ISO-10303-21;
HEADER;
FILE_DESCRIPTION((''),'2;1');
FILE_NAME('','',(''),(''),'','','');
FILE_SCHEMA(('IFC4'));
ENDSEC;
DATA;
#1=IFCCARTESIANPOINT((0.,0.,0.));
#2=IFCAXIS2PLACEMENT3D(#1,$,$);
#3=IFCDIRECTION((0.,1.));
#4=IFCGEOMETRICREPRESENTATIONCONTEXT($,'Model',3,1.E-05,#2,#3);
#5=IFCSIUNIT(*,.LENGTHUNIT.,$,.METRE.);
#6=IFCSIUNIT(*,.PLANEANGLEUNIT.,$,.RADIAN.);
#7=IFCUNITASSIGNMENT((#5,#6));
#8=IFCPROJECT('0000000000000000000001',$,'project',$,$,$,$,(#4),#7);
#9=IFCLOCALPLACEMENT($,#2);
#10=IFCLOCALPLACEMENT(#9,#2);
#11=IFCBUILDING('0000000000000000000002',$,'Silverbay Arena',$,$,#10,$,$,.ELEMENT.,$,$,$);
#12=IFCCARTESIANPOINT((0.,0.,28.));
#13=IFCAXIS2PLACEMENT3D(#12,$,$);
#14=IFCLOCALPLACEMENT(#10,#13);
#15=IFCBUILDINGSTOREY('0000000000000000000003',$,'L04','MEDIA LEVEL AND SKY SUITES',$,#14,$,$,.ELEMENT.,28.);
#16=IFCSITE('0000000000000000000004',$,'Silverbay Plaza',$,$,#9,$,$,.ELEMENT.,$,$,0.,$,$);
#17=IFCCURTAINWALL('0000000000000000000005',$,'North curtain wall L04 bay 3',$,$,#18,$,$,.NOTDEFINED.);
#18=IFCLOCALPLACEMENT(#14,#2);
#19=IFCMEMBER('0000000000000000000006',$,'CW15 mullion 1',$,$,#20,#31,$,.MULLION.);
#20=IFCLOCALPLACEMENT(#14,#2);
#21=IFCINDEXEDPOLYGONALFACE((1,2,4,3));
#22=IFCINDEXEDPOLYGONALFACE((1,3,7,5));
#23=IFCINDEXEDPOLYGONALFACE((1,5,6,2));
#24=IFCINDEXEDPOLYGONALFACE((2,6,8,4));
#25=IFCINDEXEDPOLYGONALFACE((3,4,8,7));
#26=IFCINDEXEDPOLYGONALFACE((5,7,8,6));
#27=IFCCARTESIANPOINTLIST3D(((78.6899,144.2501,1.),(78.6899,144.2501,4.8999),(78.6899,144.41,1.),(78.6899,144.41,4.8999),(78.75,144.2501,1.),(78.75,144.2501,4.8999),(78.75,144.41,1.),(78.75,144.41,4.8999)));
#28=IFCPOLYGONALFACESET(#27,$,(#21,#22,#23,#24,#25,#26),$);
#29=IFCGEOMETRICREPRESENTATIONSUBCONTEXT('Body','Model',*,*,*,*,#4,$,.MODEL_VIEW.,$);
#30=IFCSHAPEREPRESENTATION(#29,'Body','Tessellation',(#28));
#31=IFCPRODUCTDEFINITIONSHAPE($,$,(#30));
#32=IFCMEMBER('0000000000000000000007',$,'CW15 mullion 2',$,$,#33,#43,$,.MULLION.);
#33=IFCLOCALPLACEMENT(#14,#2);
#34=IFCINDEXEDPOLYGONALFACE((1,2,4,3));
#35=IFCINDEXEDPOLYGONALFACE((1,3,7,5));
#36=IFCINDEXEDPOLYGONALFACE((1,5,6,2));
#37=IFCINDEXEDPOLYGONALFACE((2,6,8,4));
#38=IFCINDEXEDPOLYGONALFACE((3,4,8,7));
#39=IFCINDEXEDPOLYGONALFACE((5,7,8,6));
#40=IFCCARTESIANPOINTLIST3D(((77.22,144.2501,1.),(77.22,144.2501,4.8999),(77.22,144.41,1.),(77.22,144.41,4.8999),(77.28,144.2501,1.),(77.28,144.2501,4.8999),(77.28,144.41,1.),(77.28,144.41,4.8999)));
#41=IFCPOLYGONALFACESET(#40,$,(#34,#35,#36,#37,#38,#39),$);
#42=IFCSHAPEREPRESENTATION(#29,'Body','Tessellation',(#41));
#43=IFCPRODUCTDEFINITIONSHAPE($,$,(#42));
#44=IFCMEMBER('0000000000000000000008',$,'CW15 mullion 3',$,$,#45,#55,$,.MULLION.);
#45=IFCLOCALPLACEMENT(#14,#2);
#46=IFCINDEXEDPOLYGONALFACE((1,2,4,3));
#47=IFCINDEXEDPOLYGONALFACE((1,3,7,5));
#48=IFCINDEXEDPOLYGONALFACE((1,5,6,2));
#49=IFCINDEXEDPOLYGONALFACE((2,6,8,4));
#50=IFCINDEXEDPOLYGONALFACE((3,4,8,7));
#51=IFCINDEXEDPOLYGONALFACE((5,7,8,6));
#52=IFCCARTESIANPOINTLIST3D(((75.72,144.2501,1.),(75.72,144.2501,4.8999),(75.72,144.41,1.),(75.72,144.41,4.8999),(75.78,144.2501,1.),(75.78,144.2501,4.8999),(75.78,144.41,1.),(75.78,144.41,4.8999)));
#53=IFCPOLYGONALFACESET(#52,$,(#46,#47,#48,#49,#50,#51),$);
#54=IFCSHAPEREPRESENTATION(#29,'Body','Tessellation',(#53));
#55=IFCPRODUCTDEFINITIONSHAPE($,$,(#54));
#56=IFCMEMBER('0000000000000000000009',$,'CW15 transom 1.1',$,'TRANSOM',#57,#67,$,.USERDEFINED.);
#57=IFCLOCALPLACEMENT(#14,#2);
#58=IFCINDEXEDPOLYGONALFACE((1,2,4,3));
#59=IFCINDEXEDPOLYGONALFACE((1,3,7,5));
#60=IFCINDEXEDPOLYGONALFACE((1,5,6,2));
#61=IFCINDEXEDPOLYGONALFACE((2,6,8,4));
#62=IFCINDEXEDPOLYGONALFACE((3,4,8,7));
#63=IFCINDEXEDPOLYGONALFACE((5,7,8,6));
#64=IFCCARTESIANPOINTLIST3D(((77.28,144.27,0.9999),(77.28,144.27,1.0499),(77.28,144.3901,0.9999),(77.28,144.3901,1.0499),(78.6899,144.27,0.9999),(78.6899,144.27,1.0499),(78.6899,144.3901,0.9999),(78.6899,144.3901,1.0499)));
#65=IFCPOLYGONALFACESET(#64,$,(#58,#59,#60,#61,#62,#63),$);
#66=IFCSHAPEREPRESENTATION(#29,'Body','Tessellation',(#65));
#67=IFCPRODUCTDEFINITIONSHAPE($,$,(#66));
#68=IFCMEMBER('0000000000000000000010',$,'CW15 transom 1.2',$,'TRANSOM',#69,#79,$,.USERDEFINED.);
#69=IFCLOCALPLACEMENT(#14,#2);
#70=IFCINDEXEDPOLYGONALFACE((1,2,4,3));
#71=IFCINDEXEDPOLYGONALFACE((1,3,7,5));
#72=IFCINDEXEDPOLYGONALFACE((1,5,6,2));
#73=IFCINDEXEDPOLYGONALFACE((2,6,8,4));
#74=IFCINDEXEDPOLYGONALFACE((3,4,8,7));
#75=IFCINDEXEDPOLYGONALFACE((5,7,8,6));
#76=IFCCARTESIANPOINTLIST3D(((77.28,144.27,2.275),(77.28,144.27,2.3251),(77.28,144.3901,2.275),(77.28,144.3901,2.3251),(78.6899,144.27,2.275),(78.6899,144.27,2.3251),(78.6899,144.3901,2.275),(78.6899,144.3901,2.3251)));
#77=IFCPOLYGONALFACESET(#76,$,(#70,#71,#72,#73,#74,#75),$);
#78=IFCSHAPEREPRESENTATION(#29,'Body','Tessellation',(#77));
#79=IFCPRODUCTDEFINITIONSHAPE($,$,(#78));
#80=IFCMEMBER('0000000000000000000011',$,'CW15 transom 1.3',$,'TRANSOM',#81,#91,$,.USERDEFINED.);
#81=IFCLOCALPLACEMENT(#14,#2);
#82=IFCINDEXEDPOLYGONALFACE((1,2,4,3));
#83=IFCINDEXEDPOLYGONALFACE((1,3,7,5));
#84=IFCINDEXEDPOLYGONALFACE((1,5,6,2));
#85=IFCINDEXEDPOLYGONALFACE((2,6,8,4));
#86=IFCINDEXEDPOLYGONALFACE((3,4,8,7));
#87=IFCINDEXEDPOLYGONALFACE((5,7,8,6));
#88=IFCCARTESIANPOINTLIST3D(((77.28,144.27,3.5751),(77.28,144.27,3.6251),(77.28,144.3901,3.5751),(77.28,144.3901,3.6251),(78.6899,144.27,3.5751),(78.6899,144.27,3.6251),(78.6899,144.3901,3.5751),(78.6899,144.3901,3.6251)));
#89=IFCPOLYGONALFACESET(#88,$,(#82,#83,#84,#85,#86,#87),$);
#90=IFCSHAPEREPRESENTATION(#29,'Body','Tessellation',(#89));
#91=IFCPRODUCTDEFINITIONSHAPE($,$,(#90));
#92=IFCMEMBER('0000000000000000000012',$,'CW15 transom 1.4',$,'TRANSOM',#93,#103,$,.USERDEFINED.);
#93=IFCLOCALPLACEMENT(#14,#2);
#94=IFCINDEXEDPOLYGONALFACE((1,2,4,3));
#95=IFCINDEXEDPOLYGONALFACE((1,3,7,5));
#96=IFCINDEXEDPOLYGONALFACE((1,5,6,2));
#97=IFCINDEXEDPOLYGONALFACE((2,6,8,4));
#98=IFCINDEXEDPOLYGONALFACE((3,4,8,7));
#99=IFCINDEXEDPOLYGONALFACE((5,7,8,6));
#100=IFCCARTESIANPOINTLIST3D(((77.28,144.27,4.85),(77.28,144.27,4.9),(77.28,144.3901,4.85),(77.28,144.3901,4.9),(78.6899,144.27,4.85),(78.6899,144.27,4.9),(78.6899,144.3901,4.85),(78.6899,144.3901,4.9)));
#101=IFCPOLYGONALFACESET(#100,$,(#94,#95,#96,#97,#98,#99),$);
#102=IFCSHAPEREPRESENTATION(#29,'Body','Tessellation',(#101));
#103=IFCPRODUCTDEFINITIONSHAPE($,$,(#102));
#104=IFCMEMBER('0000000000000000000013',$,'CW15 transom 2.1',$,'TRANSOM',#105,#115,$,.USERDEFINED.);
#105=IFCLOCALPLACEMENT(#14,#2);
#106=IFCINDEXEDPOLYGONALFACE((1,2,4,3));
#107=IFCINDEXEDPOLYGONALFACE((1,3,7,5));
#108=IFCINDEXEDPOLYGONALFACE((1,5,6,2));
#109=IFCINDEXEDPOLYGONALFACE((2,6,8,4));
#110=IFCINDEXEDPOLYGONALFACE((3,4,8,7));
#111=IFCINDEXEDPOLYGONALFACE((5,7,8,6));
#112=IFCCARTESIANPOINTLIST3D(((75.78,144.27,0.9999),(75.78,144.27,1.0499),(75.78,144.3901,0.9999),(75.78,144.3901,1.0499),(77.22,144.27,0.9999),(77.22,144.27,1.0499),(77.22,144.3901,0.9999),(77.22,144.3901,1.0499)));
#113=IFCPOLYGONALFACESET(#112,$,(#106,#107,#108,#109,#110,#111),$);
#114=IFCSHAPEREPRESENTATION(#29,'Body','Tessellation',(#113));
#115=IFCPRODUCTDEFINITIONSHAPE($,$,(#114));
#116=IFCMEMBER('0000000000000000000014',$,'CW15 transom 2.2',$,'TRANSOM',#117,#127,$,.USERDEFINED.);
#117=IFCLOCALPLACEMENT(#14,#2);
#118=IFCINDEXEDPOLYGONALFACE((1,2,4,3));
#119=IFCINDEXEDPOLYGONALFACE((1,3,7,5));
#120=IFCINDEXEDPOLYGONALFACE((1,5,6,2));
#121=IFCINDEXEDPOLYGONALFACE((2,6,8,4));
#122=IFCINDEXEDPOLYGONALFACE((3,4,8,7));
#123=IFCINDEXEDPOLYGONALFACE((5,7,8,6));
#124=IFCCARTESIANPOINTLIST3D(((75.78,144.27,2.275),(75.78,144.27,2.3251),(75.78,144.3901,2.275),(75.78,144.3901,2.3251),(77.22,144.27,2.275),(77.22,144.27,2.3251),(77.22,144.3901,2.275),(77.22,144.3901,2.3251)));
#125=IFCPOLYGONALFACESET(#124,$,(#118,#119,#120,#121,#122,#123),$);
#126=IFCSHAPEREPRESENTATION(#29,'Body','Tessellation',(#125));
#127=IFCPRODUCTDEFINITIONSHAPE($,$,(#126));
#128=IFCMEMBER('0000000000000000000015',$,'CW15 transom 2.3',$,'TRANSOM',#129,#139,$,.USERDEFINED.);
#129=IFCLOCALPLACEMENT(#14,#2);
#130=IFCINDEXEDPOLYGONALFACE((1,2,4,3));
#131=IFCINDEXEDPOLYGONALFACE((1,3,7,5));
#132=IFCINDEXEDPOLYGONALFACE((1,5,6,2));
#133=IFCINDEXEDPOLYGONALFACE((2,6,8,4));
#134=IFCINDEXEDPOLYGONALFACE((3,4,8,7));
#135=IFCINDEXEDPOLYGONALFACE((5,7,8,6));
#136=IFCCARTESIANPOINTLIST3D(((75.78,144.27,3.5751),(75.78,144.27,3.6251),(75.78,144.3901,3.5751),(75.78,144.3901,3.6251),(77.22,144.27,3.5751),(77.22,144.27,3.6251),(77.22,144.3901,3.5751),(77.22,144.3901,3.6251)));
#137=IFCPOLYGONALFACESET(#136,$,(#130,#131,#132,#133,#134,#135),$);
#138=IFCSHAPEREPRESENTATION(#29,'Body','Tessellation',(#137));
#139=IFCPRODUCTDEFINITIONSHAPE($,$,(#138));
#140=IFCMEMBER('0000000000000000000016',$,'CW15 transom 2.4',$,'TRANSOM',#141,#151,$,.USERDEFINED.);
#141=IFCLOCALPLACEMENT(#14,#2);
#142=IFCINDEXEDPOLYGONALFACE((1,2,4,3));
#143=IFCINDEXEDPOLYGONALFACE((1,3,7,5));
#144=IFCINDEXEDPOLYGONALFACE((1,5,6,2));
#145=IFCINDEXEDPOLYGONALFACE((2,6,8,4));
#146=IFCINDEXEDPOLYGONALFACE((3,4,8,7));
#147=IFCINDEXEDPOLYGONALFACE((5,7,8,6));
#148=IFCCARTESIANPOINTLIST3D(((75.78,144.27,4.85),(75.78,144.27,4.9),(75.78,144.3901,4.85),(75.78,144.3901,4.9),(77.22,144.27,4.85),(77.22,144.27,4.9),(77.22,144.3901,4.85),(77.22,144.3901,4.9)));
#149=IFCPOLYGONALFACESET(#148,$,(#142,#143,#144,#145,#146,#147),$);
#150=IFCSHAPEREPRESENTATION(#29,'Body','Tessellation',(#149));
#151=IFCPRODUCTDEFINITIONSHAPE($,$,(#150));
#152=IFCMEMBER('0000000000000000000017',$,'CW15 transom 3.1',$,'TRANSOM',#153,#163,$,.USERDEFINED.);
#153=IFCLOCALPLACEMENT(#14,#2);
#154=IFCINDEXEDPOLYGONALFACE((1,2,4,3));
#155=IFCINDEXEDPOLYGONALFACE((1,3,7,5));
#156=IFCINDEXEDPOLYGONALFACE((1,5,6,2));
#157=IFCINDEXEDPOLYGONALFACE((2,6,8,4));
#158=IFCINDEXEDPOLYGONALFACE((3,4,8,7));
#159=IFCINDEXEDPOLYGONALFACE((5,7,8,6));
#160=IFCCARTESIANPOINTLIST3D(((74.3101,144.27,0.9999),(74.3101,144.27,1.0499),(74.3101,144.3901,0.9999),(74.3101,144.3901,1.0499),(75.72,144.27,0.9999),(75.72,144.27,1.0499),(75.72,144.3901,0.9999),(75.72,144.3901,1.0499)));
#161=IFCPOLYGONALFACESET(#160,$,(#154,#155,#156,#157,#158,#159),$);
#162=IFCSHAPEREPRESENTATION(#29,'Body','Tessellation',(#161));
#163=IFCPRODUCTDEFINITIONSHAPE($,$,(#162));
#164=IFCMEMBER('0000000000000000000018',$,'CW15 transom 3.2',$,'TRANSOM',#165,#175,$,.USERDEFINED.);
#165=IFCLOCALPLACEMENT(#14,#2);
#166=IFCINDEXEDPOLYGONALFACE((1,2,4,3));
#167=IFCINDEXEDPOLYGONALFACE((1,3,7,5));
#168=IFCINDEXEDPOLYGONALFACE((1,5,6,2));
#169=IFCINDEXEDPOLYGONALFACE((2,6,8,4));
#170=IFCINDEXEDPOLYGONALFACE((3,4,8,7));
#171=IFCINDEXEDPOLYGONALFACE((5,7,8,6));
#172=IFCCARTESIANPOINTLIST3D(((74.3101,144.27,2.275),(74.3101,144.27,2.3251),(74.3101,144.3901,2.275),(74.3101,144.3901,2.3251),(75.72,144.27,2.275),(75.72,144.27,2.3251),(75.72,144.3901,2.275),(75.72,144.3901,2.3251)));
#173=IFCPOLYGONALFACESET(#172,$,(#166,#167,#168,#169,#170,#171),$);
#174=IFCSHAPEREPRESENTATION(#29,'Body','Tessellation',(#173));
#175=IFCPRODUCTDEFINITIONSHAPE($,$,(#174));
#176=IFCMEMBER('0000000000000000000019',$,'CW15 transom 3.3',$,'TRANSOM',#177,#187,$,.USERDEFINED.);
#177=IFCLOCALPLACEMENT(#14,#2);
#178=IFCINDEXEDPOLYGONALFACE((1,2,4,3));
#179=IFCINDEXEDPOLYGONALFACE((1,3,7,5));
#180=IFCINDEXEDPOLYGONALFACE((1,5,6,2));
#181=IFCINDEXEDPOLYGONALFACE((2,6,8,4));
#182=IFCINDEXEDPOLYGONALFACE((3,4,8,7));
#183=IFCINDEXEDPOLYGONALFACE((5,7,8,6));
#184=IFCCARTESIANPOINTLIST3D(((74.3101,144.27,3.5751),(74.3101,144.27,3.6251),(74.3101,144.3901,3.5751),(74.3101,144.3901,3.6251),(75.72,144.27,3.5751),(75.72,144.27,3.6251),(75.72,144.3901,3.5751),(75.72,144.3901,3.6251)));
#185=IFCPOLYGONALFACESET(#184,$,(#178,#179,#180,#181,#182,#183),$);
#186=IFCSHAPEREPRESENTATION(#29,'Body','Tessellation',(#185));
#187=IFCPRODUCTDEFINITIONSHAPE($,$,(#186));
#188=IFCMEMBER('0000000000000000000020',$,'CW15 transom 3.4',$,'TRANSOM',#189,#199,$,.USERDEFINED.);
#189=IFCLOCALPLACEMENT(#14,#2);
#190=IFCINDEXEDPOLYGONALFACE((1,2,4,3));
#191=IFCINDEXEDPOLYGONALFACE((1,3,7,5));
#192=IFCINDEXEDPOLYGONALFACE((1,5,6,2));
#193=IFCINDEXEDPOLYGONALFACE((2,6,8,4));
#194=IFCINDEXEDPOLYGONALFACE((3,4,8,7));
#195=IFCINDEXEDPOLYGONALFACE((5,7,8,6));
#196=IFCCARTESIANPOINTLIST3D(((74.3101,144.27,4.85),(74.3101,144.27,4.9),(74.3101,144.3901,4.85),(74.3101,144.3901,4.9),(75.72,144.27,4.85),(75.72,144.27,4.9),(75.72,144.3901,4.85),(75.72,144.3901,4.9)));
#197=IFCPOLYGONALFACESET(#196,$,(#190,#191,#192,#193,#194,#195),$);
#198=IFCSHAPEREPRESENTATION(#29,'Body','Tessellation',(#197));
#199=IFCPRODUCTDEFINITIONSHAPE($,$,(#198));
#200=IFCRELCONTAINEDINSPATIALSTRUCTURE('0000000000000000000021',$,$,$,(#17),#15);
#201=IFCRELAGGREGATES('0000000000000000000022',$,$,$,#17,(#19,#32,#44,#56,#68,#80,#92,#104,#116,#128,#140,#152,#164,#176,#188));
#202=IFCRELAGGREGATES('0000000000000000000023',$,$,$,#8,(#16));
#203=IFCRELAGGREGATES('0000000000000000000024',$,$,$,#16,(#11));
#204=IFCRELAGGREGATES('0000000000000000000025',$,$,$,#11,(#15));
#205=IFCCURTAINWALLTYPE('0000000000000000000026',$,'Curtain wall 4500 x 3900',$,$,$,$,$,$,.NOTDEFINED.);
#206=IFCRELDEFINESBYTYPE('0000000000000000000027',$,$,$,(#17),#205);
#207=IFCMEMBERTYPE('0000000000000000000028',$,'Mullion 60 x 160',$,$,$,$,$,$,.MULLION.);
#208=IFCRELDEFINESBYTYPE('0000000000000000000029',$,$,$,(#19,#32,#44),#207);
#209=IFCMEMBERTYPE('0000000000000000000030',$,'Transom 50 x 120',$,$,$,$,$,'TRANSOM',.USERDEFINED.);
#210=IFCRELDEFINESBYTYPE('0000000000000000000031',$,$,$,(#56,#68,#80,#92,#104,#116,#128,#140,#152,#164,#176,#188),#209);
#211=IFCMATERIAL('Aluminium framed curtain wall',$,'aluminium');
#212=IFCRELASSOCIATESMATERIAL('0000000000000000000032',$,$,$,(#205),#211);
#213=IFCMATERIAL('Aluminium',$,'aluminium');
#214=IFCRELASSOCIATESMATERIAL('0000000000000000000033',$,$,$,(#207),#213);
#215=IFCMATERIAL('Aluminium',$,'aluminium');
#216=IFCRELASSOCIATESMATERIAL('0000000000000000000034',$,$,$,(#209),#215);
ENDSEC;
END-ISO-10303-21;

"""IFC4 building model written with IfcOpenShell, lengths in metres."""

from ifc_helpers import new_model, si_unit, direction, frame, origin, origin_2d, place, context, subcontext, project, spatial, rectangle, extrude, material, material_profile, profile_set, type_object, element, aggregate, save


model = new_model("IFC4")

# Units and contexts
model_context = context("Model", 3, precision=1e-05, world=origin(), true_north=direction((0.0, 1.0)))
body_context = subcontext(model_context, "Body", "Model", "MODEL_VIEW")
ifc_project = project(units=[si_unit("LENGTHUNIT", "METRE"), si_unit("PLANEANGLEUNIT", "RADIAN")], contexts=[model_context])

# Site, building, storey
site_placement = place(None, origin())
site = spatial("IfcSite", under=ifc_project, at=site_placement, Name="Silverbay Plaza", CompositionType="ELEMENT", RefElevation=0.0)
building_placement = place(site_placement, origin())
building = spatial("IfcBuilding", under=site, at=building_placement, Name="Silverbay Arena", CompositionType="ELEMENT")
storey_placement = place(building_placement, frame((0.0, 0.0, 28.0)))
storey = spatial("IfcBuildingStorey", under=building, at=storey_placement, Name="L04", Description="MEDIA LEVEL AND SKY SUITES", CompositionType="ELEMENT", Elevation=28.0)

# Curtain wall, members
ifc_material_1 = material(Name="Aluminium framed curtain wall", Category="aluminium")
curtain_wall_type = type_object("IfcCurtainWallType", Name="Curtain wall 4500 x 3900", PredefinedType="NOTDEFINED", material=ifc_material_1)
curtain_wall_placement = place(storey_placement, origin())
curtain_wall = element("IfcCurtainWall", 1, at=curtain_wall_placement, inside=storey, type_object=curtain_wall_type, Name="North curtain wall L04 bay 3", PredefinedType="NOTDEFINED")
ifc_material_2 = material(Name="Aluminium", Category="aluminium")
ifc_material_profile_1 = material_profile(ifc_material_2, rectangle(XDim=0.1599, YDim=0.0601, at=origin_2d()), Name="Mullion 60 x 160")
ifc_profile_set_1 = profile_set([ifc_material_profile_1], Name="Aluminium")
member_type_1 = type_object("IfcMemberType", Name="Mullion 60 x 160", PredefinedType="MULLION", material=ifc_profile_set_1)
member_1_placement = place(storey_placement, frame((78.72, 144.3301, 1.0), z_axis=(0.0, 0.0, 1.0), x_axis=(0.0, -1.0, 0.0)))
member_1 = element("IfcMember", 2, at=member_1_placement, type_object=member_type_1, Name="CW15 mullion 1", PredefinedType="MULLION", context=body_context, shape_type="SweptSolid", body=[
    extrude(rectangle(XDim=0.1599, YDim=0.0601, at=origin_2d()), origin(), (0.0, 0.0, 1.0), 3.8999),
])
member_2_placement = place(storey_placement, frame((77.25, 144.3301, 1.0), z_axis=(0.0, 0.0, 1.0), x_axis=(0.0, -1.0, 0.0)))
member_2 = element("IfcMember", 3, at=member_2_placement, type_object=member_type_1, Name="CW15 mullion 2", PredefinedType="MULLION", context=body_context, shape_type="SweptSolid", body=[
    extrude(rectangle(XDim=0.1599, YDim=0.0601, at=origin_2d()), origin(), (0.0, 0.0, 1.0), 3.8999),
])
member_3_placement = place(storey_placement, frame((75.75, 144.3301, 1.0), z_axis=(0.0, 0.0, 1.0), x_axis=(0.0, -1.0, 0.0)))
member_3 = element("IfcMember", 4, at=member_3_placement, type_object=member_type_1, Name="CW15 mullion 3", PredefinedType="MULLION", context=body_context, shape_type="SweptSolid", body=[
    extrude(rectangle(XDim=0.1599, YDim=0.0601, at=origin_2d()), origin(), (0.0, 0.0, 1.0), 3.8999),
])
ifc_material_3 = material(Name="Aluminium", Category="aluminium")
ifc_material_profile_2 = material_profile(ifc_material_3, rectangle(XDim=0.1201, YDim=0.05, at=origin_2d()), Name="Transom 50 x 120")
ifc_profile_set_2 = profile_set([ifc_material_profile_2], Name="Aluminium")
member_type_2 = type_object("IfcMemberType", Name="Transom 50 x 120", ElementType="TRANSOM", PredefinedType="USERDEFINED", material=ifc_profile_set_2)
member_4_placement = place(storey_placement, frame((78.6899, 144.3301, 1.0249), z_axis=(-1.0, 0.0, 0.0), x_axis=(0.0, -1.0, 0.0)))
member_4 = element("IfcMember", 5, at=member_4_placement, type_object=member_type_2, Name="CW15 transom 1.1", ObjectType="TRANSOM", PredefinedType="USERDEFINED", context=body_context, shape_type="SweptSolid", body=[
    extrude(rectangle(XDim=0.1201, YDim=0.05, at=origin_2d()), origin(), (0.0, 0.0, 1.0), 1.4099),
])
member_5_placement = place(storey_placement, frame((78.6899, 144.3301, 2.3), z_axis=(-1.0, 0.0, 0.0), x_axis=(0.0, -1.0, 0.0)))
member_5 = element("IfcMember", 6, at=member_5_placement, type_object=member_type_2, Name="CW15 transom 1.2", ObjectType="TRANSOM", PredefinedType="USERDEFINED", context=body_context, shape_type="SweptSolid", body=[
    extrude(rectangle(XDim=0.1201, YDim=0.05, at=origin_2d()), origin(), (0.0, 0.0, 1.0), 1.4099),
])
member_6_placement = place(storey_placement, frame((78.6899, 144.3301, 3.6001), z_axis=(-1.0, 0.0, 0.0), x_axis=(0.0, -1.0, 0.0)))
member_6 = element("IfcMember", 7, at=member_6_placement, type_object=member_type_2, Name="CW15 transom 1.3", ObjectType="TRANSOM", PredefinedType="USERDEFINED", context=body_context, shape_type="SweptSolid", body=[
    extrude(rectangle(XDim=0.1201, YDim=0.05, at=origin_2d()), origin(), (0.0, 0.0, 1.0), 1.4099),
])
member_7_placement = place(storey_placement, frame((78.6899, 144.3301, 4.875), z_axis=(-1.0, 0.0, 0.0), x_axis=(0.0, -1.0, 0.0)))
member_7 = element("IfcMember", 8, at=member_7_placement, type_object=member_type_2, Name="CW15 transom 1.4", ObjectType="TRANSOM", PredefinedType="USERDEFINED", context=body_context, shape_type="SweptSolid", body=[
    extrude(rectangle(XDim=0.1201, YDim=0.05, at=origin_2d()), origin(), (0.0, 0.0, 1.0), 1.4099),
])
member_8_placement = place(storey_placement, frame((77.22, 144.3301, 1.0249), z_axis=(-1.0, 0.0, 0.0), x_axis=(0.0, -1.0, 0.0)))
member_8 = element("IfcMember", 9, at=member_8_placement, type_object=member_type_2, Name="CW15 transom 2.1", ObjectType="TRANSOM", PredefinedType="USERDEFINED", context=body_context, shape_type="SweptSolid", body=[
    extrude(rectangle(XDim=0.1201, YDim=0.05, at=origin_2d()), origin(), (0.0, 0.0, 1.0), 1.4399),
])
member_9_placement = place(storey_placement, frame((77.22, 144.3301, 2.3), z_axis=(-1.0, 0.0, 0.0), x_axis=(0.0, -1.0, 0.0)))
member_9 = element("IfcMember", 10, at=member_9_placement, type_object=member_type_2, Name="CW15 transom 2.2", ObjectType="TRANSOM", PredefinedType="USERDEFINED", context=body_context, shape_type="SweptSolid", body=[
    extrude(rectangle(XDim=0.1201, YDim=0.05, at=origin_2d()), origin(), (0.0, 0.0, 1.0), 1.4399),
])
member_10_placement = place(storey_placement, frame((77.22, 144.3301, 3.6001), z_axis=(-1.0, 0.0, 0.0), x_axis=(0.0, -1.0, 0.0)))
member_10 = element("IfcMember", 11, at=member_10_placement, type_object=member_type_2, Name="CW15 transom 2.3", ObjectType="TRANSOM", PredefinedType="USERDEFINED", context=body_context, shape_type="SweptSolid", body=[
    extrude(rectangle(XDim=0.1201, YDim=0.05, at=origin_2d()), origin(), (0.0, 0.0, 1.0), 1.4399),
])
member_11_placement = place(storey_placement, frame((77.22, 144.3301, 4.875), z_axis=(-1.0, 0.0, 0.0), x_axis=(0.0, -1.0, 0.0)))
member_11 = element("IfcMember", 12, at=member_11_placement, type_object=member_type_2, Name="CW15 transom 2.4", ObjectType="TRANSOM", PredefinedType="USERDEFINED", context=body_context, shape_type="SweptSolid", body=[
    extrude(rectangle(XDim=0.1201, YDim=0.05, at=origin_2d()), origin(), (0.0, 0.0, 1.0), 1.4399),
])
member_12_placement = place(storey_placement, frame((75.72, 144.3301, 1.0249), z_axis=(-1.0, 0.0, 0.0), x_axis=(0.0, -1.0, 0.0)))
member_12 = element("IfcMember", 13, at=member_12_placement, type_object=member_type_2, Name="CW15 transom 3.1", ObjectType="TRANSOM", PredefinedType="USERDEFINED", context=body_context, shape_type="SweptSolid", body=[
    extrude(rectangle(XDim=0.1201, YDim=0.05, at=origin_2d()), origin(), (0.0, 0.0, 1.0), 1.4099),
])
member_13_placement = place(storey_placement, frame((75.72, 144.3301, 2.3), z_axis=(-1.0, 0.0, 0.0), x_axis=(0.0, -1.0, 0.0)))
member_13 = element("IfcMember", 14, at=member_13_placement, type_object=member_type_2, Name="CW15 transom 3.2", ObjectType="TRANSOM", PredefinedType="USERDEFINED", context=body_context, shape_type="SweptSolid", body=[
    extrude(rectangle(XDim=0.1201, YDim=0.05, at=origin_2d()), origin(), (0.0, 0.0, 1.0), 1.4099),
])
member_14_placement = place(storey_placement, frame((75.72, 144.3301, 3.6001), z_axis=(-1.0, 0.0, 0.0), x_axis=(0.0, -1.0, 0.0)))
member_14 = element("IfcMember", 15, at=member_14_placement, type_object=member_type_2, Name="CW15 transom 3.3", ObjectType="TRANSOM", PredefinedType="USERDEFINED", context=body_context, shape_type="SweptSolid", body=[
    extrude(rectangle(XDim=0.1201, YDim=0.05, at=origin_2d()), origin(), (0.0, 0.0, 1.0), 1.4099),
])
member_15_placement = place(storey_placement, frame((75.72, 144.3301, 4.875), z_axis=(-1.0, 0.0, 0.0), x_axis=(0.0, -1.0, 0.0)))
member_15 = element("IfcMember", 16, at=member_15_placement, type_object=member_type_2, Name="CW15 transom 3.4", ObjectType="TRANSOM", PredefinedType="USERDEFINED", context=body_context, shape_type="SweptSolid", body=[
    extrude(rectangle(XDim=0.1201, YDim=0.05, at=origin_2d()), origin(), (0.0, 0.0, 1.0), 1.4099),
])
aggregate(curtain_wall, [member_1, member_2, member_3, member_4, member_5, member_6, member_7, member_8, member_9, member_10, member_11, member_12, member_13, member_14, member_15])

save(model, "model.ifc")
